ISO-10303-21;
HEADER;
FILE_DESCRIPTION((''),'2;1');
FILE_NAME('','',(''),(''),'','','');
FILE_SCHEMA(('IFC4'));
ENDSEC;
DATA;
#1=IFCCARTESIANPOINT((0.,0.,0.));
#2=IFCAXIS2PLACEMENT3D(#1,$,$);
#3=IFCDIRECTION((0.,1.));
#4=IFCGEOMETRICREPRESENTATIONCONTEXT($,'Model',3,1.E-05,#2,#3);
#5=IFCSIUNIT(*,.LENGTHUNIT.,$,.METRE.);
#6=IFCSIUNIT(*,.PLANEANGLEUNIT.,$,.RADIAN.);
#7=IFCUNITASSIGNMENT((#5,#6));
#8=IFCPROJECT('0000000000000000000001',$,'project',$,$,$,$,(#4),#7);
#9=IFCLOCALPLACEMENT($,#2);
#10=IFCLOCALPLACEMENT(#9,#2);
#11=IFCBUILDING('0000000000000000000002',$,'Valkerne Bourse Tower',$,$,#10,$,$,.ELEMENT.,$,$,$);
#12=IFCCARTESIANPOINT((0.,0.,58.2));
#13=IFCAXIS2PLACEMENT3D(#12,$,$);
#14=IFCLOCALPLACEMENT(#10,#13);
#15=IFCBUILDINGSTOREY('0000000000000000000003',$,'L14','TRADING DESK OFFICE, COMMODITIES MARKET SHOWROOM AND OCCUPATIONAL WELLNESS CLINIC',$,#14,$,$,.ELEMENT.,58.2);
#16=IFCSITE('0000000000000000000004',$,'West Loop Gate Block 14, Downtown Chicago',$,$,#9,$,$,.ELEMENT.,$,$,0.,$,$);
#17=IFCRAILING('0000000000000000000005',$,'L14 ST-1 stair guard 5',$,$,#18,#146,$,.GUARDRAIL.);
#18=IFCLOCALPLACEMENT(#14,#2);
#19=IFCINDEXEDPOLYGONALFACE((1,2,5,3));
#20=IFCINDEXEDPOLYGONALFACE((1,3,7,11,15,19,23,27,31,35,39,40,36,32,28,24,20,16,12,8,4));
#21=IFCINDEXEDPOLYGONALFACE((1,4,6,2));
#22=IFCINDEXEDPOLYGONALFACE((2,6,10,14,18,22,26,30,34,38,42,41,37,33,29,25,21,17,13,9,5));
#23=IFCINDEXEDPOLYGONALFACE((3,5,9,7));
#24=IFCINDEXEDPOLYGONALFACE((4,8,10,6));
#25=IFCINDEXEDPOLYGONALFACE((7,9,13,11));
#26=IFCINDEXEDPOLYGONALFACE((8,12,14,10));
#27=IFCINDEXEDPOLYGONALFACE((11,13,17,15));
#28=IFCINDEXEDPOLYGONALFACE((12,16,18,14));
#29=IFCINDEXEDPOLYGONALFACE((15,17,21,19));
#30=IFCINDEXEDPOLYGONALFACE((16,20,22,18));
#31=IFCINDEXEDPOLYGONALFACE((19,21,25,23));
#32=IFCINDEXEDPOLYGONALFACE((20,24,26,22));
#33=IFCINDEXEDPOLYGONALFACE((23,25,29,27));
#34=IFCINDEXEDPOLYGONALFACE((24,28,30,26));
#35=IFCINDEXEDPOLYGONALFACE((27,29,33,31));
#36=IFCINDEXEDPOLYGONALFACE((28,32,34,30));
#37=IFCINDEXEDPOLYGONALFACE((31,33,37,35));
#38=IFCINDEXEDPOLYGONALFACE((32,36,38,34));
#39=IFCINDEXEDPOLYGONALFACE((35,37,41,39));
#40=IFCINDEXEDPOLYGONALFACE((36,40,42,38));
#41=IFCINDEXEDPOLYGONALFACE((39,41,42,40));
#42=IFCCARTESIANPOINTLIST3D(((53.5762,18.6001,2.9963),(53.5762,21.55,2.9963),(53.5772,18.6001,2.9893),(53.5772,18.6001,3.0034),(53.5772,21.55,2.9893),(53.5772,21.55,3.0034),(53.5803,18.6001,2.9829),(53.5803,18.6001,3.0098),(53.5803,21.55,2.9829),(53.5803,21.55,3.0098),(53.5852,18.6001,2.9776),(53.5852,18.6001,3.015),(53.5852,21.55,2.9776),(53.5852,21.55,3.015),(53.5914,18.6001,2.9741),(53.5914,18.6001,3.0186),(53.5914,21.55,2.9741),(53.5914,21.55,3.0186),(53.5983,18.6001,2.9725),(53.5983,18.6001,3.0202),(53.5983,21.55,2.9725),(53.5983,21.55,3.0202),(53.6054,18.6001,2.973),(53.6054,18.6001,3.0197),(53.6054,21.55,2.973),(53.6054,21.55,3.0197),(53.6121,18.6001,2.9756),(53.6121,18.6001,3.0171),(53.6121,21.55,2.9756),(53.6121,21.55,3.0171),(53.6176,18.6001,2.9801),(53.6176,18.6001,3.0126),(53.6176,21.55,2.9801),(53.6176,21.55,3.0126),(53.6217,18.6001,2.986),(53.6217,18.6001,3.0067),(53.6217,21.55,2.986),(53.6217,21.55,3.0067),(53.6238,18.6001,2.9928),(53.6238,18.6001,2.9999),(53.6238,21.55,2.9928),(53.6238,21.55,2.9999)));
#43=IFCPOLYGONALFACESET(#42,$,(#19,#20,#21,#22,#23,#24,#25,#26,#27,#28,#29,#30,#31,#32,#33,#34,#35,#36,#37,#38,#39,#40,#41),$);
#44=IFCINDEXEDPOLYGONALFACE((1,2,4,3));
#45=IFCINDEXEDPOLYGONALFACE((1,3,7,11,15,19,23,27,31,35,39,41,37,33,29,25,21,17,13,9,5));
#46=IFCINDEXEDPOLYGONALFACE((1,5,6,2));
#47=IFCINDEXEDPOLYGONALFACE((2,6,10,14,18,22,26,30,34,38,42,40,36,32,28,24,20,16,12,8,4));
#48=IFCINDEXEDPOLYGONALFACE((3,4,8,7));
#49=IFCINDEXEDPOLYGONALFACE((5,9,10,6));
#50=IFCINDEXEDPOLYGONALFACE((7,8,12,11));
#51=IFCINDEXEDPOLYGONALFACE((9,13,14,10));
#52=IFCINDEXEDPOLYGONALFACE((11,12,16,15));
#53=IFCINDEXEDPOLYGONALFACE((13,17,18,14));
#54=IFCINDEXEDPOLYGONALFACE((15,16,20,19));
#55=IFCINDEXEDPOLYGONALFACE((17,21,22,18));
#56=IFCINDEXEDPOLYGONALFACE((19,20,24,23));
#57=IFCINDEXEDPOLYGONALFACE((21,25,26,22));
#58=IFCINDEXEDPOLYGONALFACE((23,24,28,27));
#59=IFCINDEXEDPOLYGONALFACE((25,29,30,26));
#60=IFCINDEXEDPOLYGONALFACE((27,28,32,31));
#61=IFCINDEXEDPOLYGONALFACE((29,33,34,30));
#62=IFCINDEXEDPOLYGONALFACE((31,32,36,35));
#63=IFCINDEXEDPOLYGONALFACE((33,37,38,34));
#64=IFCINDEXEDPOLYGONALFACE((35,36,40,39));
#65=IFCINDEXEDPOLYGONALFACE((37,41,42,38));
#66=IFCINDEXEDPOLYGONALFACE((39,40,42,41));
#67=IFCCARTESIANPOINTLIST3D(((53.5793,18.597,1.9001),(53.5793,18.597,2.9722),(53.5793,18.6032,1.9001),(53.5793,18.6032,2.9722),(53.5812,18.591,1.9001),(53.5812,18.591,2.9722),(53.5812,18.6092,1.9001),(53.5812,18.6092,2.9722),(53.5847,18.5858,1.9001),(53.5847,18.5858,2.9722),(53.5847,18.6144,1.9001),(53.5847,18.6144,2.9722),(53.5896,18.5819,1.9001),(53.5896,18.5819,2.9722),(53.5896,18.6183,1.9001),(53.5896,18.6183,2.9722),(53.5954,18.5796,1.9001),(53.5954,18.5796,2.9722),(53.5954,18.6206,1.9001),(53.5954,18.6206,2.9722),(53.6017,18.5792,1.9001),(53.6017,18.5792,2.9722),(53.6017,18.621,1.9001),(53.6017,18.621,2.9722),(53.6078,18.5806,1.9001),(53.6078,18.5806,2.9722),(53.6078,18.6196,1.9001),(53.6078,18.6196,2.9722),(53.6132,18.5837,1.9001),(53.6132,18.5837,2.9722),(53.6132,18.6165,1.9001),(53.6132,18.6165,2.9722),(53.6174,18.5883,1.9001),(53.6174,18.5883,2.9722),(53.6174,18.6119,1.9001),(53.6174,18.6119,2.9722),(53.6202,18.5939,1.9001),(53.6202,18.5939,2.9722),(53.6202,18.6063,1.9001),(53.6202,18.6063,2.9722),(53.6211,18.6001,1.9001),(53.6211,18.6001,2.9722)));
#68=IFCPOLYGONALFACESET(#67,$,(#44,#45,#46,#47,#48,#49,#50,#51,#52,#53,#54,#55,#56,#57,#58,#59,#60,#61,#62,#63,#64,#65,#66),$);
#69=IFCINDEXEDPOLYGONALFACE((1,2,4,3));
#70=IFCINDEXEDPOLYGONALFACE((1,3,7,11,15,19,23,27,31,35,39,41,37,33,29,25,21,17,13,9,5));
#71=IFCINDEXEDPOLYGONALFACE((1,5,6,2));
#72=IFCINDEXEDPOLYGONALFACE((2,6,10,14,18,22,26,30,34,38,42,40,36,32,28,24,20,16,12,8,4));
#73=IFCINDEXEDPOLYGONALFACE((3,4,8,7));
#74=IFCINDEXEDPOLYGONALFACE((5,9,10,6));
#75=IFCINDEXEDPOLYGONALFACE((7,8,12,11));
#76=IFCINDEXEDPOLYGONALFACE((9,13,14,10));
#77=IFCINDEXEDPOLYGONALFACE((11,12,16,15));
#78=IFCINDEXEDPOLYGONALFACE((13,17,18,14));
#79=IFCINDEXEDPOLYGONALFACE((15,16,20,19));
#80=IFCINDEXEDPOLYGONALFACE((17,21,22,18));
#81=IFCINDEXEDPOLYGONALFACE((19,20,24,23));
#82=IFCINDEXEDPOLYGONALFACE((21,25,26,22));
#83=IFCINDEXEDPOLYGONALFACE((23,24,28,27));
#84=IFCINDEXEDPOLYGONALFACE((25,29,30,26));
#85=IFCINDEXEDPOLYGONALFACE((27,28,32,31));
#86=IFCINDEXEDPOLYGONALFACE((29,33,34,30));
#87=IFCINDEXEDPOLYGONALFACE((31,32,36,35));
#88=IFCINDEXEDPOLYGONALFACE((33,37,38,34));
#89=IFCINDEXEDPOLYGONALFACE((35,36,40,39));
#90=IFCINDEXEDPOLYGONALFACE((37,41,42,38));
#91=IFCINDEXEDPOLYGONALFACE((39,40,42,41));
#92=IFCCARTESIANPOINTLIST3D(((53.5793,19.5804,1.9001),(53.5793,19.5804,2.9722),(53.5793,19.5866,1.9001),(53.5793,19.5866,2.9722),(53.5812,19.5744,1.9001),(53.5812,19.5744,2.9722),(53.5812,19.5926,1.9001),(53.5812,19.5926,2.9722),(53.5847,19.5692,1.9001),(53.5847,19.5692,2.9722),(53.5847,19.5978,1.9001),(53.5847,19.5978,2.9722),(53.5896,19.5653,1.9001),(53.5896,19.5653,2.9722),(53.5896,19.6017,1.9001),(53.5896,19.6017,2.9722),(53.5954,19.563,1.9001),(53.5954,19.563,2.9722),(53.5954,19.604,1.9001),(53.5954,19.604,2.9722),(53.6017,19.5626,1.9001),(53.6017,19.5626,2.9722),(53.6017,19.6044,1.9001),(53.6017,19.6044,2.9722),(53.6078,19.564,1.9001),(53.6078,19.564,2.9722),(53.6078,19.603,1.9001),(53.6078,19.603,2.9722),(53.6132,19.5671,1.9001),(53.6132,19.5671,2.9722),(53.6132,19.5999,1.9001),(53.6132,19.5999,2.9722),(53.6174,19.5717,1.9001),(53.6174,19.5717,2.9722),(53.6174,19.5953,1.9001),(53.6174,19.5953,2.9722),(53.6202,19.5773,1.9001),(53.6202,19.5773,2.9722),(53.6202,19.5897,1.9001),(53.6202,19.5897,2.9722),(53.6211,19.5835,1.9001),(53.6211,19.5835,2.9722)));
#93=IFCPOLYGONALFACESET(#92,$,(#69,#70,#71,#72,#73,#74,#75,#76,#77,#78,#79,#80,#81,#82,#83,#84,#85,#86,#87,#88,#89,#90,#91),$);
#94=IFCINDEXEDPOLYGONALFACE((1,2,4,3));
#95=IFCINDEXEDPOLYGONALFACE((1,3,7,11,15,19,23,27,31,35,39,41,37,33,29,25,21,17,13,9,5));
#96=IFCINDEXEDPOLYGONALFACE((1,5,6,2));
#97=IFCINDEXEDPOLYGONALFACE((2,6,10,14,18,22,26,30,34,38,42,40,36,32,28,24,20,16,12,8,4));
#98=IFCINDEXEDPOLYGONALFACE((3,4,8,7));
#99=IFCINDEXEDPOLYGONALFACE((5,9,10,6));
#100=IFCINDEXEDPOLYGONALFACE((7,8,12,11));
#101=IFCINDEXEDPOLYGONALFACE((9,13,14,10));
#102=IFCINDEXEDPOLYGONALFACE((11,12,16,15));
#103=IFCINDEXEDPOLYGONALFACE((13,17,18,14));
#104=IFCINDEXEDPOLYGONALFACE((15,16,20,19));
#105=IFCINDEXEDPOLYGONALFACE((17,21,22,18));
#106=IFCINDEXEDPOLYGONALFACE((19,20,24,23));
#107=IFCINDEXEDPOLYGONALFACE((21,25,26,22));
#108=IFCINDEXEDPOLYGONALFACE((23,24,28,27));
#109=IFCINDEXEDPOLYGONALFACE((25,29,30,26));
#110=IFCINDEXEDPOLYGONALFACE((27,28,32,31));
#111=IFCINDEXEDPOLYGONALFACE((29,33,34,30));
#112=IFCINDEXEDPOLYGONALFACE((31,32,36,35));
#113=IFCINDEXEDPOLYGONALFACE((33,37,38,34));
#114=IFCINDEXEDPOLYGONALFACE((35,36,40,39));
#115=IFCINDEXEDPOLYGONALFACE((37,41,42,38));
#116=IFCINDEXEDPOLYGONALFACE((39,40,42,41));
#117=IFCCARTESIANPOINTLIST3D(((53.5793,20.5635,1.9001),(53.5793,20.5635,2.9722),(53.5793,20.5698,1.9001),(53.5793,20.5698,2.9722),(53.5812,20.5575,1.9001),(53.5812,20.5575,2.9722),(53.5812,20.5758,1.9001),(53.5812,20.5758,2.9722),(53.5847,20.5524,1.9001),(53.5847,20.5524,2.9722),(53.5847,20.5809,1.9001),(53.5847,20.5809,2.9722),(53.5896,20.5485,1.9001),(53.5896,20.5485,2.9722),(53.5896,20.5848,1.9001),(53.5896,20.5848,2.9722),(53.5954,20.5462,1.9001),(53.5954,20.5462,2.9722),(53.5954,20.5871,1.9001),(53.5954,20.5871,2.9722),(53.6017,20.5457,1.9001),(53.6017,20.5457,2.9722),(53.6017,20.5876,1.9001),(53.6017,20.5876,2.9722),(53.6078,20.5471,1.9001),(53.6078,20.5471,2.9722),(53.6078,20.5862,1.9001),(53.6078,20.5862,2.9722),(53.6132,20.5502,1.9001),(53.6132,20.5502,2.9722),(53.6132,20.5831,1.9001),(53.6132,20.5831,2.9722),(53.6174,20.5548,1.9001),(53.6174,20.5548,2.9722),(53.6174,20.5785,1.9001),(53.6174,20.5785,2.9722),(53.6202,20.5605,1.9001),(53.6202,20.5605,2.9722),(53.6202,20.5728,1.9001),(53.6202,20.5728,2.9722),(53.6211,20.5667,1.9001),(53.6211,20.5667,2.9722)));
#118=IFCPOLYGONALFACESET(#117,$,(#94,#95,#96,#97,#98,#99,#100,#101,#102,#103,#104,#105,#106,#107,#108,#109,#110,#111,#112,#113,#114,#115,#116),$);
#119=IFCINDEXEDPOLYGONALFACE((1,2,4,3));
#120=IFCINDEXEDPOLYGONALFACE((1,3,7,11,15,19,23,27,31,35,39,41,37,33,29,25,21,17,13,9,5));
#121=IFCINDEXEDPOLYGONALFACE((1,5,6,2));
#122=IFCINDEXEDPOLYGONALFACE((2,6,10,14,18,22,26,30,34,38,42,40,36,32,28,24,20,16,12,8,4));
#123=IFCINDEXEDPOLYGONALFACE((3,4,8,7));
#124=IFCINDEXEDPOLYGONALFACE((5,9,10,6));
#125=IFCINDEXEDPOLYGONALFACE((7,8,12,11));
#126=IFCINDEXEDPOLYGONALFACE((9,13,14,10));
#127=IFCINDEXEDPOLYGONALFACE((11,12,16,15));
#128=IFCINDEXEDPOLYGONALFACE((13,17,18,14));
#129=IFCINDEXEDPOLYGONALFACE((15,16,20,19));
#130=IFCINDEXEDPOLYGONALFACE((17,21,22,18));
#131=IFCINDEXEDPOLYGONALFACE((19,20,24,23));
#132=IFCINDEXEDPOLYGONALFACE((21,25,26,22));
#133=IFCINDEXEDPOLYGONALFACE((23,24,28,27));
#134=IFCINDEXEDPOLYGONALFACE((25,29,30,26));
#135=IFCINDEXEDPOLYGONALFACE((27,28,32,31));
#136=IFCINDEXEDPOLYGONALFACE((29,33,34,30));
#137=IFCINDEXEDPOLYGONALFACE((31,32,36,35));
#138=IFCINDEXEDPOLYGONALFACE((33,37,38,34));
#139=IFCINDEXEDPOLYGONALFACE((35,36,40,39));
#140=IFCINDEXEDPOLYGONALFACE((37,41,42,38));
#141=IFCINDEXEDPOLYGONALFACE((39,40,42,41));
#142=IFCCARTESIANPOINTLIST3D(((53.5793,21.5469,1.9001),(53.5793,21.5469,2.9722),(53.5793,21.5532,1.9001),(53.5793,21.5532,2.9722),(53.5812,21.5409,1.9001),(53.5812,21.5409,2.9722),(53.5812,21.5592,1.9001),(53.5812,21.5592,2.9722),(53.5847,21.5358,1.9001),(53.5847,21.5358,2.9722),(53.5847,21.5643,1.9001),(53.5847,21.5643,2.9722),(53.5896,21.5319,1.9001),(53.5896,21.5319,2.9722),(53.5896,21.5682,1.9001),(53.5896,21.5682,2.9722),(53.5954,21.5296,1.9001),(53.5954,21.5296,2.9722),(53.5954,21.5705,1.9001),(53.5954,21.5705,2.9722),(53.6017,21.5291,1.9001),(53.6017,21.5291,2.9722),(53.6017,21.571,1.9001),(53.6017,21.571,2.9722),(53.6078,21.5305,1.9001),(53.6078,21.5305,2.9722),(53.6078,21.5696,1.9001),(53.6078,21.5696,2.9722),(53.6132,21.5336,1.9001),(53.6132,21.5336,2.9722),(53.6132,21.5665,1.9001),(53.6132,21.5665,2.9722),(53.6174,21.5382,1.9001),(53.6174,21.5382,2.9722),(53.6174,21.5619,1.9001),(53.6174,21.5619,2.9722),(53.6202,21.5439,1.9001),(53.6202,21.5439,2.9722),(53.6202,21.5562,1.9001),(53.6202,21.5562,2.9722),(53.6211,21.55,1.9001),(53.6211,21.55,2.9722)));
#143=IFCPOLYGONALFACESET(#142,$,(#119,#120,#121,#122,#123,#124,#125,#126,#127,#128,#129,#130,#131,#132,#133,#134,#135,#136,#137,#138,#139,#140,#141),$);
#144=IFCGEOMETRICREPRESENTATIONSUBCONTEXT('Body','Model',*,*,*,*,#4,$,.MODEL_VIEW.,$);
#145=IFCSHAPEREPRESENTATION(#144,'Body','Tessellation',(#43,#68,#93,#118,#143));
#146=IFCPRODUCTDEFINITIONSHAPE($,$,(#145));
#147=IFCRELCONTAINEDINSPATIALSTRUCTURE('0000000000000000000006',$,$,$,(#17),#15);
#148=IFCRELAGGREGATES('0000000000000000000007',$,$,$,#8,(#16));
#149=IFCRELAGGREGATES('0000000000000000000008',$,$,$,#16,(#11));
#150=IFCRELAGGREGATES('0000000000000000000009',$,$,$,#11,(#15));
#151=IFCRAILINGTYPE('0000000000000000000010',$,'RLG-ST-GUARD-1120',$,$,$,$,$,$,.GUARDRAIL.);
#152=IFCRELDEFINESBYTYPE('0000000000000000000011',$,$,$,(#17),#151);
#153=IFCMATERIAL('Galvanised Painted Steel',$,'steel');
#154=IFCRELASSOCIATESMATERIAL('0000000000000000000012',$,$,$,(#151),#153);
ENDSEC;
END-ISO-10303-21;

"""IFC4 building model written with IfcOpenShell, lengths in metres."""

from ifc_helpers import new_model, si_unit, direction, frame, origin, origin_2d, place, context, subcontext, project, spatial, circle, extrude, material, type_object, element, save


model = new_model("IFC4")

# Units and contexts
model_context = context("Model", 3, precision=1e-05, world=origin(), true_north=direction((0.0, 1.0)))
body_context = subcontext(model_context, "Body", "Model", "MODEL_VIEW")
ifc_project = project(units=[si_unit("LENGTHUNIT", "METRE"), si_unit("PLANEANGLEUNIT", "RADIAN")], contexts=[model_context])

# Site, building, storey
site_placement = place(None, origin())
site = spatial("IfcSite", under=ifc_project, at=site_placement, Name="West Loop Gate Block 14, Downtown Chicago", CompositionType="ELEMENT", RefElevation=0.0)
building_placement = place(site_placement, origin())
building = spatial("IfcBuilding", under=site, at=building_placement, Name="Valkerne Bourse Tower", CompositionType="ELEMENT")
storey_placement = place(building_placement, frame((0.0, 0.0, 58.2)))
storey = spatial("IfcBuildingStorey", under=building, at=storey_placement, Name="L14", Description="TRADING DESK OFFICE, COMMODITIES MARKET SHOWROOM AND OCCUPATIONAL WELLNESS CLINIC", CompositionType="ELEMENT", Elevation=58.2)

# Shared definitions
ifc_material_1 = material(Name="Galvanised Painted Steel", Category="steel")

# Railing
railing_type = type_object("IfcRailingType", Name="RLG-ST-GUARD-1120", PredefinedType="GUARDRAIL", material=ifc_material_1)
railing_1_placement = place(storey_placement, frame((53.6001, 18.6001, 1.9001)))
element("IfcRailing", 1, at=railing_1_placement, inside=storey, type_object=railing_type, Name="L14 ST-1 stair guard 5", PredefinedType="GUARDRAIL", context=body_context, shape_type="SweptSolid", body=[
    extrude(circle(Radius=0.0239, at=origin_2d()), frame((0.0, 0.0, 1.0962), z_axis=(0.0, 1.0, 0.0), x_axis=(-1.0, 0.0, 0.0)), (0.0, 0.0, 1.0), 2.95),
    extrude(circle(Radius=0.021, at=origin_2d()), origin(), (0.0, 0.0, 1.0), 1.072),
    extrude(circle(Radius=0.021, at=origin_2d()), frame((0.0, 0.9834, 0.0)), (0.0, 0.0, 1.0), 1.072),
    extrude(circle(Radius=0.021, at=origin_2d()), frame((0.0, 1.9666, 0.0)), (0.0, 0.0, 1.0), 1.072),
    extrude(circle(Radius=0.021, at=origin_2d()), frame((0.0, 2.95, 0.0)), (0.0, 0.0, 1.0), 1.072),
])

save(model, "model.ifc")
